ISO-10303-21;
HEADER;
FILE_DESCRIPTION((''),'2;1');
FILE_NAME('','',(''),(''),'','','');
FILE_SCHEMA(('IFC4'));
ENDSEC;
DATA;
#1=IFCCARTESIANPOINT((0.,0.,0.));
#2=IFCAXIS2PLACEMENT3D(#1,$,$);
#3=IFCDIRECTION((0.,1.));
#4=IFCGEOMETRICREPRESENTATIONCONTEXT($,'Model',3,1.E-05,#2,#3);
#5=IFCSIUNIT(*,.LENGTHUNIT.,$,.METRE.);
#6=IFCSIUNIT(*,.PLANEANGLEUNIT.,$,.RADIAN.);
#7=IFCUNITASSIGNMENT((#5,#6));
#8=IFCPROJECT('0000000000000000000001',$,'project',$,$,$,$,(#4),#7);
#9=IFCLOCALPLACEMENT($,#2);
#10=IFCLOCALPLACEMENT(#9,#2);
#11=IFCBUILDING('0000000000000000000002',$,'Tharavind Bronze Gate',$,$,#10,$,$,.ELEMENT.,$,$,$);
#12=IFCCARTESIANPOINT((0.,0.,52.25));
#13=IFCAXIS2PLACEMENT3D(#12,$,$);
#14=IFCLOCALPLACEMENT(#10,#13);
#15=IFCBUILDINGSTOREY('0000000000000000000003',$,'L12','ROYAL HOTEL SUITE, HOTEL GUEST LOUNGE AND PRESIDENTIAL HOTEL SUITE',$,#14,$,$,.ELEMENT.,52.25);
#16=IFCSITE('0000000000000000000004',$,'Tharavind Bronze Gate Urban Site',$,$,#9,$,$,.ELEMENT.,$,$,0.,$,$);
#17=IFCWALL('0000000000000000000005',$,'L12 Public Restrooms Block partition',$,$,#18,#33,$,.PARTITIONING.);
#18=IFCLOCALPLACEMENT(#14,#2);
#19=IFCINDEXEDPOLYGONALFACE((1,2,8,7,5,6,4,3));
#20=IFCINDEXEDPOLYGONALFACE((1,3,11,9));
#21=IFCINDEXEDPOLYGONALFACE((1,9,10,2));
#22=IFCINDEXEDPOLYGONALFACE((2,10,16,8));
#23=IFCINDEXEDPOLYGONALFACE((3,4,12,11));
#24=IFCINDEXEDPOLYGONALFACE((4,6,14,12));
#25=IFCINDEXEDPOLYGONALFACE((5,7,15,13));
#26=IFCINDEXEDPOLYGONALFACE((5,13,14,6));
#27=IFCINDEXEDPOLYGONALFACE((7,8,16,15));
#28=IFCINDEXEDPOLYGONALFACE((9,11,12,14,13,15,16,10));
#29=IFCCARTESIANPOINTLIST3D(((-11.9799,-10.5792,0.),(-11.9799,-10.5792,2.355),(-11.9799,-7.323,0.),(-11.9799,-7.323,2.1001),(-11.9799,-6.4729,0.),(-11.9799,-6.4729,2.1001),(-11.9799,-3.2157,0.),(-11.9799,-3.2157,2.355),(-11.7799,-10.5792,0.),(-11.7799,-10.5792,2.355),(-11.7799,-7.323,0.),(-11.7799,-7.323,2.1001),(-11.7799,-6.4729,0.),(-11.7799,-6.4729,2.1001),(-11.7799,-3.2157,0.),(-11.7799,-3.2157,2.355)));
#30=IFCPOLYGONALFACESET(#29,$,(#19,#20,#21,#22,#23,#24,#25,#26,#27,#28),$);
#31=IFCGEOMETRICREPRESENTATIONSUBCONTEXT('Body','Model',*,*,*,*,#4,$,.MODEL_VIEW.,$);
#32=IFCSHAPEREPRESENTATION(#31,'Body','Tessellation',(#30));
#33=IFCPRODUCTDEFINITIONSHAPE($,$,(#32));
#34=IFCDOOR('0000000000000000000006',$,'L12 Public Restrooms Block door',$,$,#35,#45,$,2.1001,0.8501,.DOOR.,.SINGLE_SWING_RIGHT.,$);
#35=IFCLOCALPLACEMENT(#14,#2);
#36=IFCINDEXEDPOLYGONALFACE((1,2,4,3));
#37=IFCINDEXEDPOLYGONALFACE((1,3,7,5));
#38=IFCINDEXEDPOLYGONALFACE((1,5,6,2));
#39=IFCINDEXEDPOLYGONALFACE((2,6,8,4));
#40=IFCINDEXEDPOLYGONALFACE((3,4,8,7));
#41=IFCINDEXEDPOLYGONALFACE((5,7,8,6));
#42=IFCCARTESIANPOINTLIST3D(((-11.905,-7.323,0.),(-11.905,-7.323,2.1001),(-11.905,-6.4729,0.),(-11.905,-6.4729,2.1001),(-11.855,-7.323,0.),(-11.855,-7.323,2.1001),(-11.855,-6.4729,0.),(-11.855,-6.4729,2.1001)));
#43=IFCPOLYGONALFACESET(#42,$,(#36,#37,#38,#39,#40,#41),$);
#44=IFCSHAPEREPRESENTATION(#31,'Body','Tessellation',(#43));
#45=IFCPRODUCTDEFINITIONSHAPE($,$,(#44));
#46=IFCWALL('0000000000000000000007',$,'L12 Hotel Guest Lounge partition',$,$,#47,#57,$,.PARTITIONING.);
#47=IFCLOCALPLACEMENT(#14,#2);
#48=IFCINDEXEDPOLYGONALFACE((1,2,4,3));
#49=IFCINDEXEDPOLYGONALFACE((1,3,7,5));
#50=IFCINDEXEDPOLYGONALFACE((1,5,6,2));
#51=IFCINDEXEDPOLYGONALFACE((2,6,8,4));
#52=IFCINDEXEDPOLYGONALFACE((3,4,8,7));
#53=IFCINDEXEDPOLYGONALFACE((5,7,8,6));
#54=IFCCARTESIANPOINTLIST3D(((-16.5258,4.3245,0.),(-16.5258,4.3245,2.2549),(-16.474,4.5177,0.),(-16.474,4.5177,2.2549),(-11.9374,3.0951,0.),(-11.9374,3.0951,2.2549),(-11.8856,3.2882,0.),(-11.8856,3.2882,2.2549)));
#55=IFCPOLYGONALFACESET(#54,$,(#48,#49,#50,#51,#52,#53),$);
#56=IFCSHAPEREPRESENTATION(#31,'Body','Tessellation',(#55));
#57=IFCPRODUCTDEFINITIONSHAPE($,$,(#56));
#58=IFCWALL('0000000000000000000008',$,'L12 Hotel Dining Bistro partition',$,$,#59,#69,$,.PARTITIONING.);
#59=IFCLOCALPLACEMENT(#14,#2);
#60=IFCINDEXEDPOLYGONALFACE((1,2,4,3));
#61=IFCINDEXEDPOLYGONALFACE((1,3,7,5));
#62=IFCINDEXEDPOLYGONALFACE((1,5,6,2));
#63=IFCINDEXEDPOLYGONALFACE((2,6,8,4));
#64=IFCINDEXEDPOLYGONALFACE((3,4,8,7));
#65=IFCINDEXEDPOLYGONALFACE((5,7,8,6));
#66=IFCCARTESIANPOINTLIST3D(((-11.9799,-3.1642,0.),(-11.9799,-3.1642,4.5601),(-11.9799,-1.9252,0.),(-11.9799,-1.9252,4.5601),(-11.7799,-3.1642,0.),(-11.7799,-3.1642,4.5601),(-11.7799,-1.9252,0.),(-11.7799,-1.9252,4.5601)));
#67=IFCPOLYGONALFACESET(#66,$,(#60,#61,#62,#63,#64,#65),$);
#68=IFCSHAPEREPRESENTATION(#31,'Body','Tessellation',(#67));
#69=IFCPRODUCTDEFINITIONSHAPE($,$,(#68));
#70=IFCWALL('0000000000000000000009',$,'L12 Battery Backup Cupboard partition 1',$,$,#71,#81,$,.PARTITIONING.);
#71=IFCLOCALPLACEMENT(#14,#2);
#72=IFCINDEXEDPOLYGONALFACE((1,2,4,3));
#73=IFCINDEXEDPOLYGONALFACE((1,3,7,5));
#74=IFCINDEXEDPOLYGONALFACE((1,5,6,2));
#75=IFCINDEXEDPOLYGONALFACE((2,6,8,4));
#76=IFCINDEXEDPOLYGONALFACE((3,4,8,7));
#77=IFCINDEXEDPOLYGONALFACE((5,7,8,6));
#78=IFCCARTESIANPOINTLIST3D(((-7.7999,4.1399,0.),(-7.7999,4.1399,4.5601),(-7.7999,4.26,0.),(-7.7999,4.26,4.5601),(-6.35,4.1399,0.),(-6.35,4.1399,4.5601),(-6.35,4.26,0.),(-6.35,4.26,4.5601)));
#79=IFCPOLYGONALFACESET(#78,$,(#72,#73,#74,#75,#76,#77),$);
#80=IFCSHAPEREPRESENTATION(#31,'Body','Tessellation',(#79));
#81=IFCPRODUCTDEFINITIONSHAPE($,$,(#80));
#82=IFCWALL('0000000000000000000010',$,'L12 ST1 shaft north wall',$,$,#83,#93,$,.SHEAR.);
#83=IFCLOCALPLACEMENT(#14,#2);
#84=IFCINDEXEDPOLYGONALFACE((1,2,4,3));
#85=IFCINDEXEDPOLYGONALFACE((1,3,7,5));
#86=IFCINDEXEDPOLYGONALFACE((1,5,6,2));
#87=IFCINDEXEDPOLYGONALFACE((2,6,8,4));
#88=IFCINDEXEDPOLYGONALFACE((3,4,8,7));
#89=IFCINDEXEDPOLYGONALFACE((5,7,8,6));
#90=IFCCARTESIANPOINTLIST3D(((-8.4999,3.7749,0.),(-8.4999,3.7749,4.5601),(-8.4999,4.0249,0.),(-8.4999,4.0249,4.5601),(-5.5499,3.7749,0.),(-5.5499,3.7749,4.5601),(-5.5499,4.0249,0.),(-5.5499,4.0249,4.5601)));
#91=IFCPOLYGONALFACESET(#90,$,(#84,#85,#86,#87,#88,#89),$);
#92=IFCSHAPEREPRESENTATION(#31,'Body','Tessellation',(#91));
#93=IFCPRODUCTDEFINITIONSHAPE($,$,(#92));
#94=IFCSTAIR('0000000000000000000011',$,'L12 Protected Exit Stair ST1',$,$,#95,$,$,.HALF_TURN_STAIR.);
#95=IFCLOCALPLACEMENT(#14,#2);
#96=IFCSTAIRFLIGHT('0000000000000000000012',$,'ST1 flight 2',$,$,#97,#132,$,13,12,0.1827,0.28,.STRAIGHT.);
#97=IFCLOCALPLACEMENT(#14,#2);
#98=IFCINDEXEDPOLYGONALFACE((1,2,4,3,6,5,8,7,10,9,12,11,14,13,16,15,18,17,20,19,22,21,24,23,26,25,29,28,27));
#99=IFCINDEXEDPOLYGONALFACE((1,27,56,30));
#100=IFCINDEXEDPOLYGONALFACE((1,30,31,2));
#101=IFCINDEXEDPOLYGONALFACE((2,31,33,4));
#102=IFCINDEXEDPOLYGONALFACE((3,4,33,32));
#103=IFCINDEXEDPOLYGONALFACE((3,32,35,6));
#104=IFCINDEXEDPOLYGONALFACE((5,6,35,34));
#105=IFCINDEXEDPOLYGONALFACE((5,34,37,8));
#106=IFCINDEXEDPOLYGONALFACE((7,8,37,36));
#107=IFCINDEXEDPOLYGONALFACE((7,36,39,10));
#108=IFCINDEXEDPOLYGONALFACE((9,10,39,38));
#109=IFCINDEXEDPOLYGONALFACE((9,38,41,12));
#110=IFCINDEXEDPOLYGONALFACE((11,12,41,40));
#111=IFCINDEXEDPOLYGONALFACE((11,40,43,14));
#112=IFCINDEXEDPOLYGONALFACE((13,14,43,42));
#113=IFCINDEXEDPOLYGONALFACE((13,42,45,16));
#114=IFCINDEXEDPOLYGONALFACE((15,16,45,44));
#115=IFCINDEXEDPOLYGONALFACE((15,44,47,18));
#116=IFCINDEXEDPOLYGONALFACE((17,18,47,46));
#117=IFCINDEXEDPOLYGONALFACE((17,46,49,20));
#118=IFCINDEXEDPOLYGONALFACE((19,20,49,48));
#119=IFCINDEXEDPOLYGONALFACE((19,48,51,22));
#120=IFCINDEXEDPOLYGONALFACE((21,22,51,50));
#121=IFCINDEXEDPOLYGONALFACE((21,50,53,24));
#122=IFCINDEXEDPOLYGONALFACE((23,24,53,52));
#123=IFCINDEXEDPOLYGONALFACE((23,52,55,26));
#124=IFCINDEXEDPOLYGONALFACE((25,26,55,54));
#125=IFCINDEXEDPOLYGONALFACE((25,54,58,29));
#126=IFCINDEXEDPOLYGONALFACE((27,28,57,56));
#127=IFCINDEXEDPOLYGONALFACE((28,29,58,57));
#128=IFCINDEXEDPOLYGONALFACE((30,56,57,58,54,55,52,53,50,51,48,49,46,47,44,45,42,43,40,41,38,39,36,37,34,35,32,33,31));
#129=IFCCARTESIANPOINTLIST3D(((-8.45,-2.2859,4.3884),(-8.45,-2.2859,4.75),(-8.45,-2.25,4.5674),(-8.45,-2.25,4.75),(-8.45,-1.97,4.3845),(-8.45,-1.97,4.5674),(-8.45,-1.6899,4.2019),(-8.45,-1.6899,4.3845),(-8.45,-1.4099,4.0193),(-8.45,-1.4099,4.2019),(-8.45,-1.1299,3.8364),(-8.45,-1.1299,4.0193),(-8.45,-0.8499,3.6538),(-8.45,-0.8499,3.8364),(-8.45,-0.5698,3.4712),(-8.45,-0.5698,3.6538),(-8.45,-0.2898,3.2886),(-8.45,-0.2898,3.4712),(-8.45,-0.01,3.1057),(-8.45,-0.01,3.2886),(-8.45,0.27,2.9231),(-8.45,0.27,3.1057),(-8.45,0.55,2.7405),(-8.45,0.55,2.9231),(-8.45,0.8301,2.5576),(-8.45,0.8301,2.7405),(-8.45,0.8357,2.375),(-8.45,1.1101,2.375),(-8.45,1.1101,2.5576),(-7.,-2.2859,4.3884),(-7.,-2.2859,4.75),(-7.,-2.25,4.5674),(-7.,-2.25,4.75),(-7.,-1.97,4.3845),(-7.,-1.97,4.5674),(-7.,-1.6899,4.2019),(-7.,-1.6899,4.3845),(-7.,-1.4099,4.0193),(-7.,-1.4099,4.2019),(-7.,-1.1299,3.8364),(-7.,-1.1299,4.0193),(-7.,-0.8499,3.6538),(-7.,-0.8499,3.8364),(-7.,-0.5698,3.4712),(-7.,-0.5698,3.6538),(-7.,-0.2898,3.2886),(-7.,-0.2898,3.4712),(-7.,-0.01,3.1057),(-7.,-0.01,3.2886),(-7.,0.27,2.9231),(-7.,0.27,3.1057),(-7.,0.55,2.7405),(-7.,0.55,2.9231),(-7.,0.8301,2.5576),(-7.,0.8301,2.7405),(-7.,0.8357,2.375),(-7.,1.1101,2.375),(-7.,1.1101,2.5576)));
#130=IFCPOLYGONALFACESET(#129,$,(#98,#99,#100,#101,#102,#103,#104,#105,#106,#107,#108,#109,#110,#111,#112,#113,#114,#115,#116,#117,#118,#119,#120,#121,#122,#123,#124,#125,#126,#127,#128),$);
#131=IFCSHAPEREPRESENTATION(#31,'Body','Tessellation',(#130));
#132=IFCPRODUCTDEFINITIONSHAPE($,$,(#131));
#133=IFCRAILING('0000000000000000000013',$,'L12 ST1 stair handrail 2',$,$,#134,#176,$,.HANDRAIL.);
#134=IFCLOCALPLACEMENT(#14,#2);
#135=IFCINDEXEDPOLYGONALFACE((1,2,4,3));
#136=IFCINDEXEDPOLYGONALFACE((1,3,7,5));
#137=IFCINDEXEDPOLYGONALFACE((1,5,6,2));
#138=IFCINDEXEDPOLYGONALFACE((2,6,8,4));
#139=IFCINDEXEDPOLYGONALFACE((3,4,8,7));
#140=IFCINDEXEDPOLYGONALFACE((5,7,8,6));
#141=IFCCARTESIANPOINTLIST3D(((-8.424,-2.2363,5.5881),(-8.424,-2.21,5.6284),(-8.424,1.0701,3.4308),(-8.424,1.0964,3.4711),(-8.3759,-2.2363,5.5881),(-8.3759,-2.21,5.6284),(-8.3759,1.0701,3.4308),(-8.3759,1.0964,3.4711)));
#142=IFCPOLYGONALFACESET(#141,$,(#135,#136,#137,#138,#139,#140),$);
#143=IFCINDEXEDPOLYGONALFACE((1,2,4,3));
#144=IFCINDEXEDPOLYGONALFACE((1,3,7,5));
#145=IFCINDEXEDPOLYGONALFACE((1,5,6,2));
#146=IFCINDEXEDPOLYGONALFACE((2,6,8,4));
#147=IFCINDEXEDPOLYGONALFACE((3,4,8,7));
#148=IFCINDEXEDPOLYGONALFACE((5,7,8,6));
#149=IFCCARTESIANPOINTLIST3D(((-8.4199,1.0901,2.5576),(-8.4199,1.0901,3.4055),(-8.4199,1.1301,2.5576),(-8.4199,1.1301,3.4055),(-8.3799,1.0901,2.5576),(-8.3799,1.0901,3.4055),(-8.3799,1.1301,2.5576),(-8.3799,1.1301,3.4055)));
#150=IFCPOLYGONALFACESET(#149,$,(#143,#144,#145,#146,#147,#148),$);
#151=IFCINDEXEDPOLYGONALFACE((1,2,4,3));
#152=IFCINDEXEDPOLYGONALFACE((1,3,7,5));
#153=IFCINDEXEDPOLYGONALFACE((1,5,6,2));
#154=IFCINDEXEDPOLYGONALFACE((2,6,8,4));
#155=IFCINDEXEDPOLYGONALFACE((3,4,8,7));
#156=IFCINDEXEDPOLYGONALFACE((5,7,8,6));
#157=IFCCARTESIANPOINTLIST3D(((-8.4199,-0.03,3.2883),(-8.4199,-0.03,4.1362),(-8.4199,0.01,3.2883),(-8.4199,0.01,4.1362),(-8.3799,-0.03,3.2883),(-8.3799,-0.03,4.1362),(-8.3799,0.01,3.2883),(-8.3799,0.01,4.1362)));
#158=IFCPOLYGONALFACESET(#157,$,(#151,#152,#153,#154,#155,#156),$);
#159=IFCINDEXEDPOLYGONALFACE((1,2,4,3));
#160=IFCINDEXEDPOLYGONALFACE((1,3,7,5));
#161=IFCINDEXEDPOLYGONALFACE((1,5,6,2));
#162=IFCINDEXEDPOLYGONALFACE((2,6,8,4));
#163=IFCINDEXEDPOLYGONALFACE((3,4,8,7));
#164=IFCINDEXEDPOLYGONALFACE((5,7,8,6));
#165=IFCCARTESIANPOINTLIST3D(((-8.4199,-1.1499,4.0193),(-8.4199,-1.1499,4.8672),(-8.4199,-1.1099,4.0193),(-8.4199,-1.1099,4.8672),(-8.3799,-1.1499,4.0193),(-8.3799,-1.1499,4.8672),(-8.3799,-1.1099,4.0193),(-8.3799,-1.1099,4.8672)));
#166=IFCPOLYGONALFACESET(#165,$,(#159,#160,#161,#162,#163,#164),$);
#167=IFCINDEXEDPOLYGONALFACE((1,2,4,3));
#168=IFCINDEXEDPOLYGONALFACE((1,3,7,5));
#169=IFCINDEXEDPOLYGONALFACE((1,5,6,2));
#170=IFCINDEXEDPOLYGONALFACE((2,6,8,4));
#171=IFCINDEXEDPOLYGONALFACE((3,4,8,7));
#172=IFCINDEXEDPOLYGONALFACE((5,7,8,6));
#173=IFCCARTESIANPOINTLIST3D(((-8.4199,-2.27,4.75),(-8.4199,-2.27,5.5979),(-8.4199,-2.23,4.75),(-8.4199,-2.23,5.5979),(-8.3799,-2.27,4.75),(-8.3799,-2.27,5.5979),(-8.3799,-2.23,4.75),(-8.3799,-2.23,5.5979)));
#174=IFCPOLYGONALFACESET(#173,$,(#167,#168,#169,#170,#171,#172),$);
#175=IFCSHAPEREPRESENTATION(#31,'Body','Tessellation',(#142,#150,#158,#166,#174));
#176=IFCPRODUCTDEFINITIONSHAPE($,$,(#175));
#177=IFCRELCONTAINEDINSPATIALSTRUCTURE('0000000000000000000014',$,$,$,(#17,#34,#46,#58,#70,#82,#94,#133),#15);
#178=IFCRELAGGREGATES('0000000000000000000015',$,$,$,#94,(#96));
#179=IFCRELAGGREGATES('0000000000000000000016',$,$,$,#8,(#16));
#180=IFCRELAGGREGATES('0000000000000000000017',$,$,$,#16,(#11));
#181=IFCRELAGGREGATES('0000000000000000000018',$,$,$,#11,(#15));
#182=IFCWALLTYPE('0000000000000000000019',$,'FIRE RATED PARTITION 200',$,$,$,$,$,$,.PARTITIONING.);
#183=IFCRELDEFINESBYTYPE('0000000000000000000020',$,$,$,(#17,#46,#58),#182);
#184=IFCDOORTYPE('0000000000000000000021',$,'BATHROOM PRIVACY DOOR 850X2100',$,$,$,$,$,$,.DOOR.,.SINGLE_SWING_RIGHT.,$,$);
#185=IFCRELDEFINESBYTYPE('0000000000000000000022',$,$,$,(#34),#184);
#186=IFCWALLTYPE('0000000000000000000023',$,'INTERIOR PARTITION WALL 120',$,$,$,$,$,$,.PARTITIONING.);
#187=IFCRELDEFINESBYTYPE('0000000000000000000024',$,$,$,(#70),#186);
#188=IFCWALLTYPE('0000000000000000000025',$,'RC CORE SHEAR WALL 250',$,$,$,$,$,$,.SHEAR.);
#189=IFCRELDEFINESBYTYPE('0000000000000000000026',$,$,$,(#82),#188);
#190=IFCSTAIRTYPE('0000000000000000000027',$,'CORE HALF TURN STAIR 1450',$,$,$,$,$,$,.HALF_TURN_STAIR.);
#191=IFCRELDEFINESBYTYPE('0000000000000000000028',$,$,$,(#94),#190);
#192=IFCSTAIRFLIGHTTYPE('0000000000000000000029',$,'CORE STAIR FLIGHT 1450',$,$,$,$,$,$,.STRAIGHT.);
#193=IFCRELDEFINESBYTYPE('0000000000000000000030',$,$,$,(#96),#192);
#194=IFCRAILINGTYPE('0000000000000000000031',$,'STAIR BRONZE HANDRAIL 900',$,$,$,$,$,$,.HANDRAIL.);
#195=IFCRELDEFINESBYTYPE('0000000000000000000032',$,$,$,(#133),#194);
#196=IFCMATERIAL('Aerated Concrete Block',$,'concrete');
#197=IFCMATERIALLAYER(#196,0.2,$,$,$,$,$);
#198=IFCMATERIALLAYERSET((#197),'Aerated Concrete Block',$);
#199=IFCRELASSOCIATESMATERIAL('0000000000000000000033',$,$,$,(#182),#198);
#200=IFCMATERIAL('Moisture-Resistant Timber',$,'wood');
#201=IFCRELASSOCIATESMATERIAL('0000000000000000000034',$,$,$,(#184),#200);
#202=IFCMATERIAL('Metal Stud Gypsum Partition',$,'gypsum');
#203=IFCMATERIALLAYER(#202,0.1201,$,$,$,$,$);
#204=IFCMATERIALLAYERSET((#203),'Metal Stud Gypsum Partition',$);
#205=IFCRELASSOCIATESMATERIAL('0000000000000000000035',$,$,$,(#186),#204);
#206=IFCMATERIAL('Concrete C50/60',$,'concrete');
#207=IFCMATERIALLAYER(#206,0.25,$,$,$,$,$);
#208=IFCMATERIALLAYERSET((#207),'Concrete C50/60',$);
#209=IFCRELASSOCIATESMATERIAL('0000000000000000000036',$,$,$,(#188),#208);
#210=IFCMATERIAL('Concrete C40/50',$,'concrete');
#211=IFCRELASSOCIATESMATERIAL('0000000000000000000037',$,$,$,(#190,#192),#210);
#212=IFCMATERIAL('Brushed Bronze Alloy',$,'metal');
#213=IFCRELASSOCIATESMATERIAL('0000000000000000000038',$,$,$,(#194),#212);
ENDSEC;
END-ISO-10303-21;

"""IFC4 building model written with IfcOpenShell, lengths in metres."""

from ifc_helpers import new_model, si_unit, direction, frame, frame_2d, origin, origin_2d, place, context, subcontext, project, spatial, polyline, rectangle, outline, extrude, material, layer, layer_set, type_object, element, fill, aggregate, save


model = new_model("IFC4")

# Units and contexts
model_context = context("Model", 3, precision=1e-05, world=origin(), true_north=direction((0.0, 1.0)))
body_context = subcontext(model_context, "Body", "Model", "MODEL_VIEW")
ifc_project = project(units=[si_unit("LENGTHUNIT", "METRE"), si_unit("PLANEANGLEUNIT", "RADIAN")], contexts=[model_context])

# Site, building, storey
site_placement = place(None, origin())
site = spatial("IfcSite", under=ifc_project, at=site_placement, Name="Tharavind Bronze Gate Urban Site", CompositionType="ELEMENT", RefElevation=0.0)
building_placement = place(site_placement, origin())
building = spatial("IfcBuilding", under=site, at=building_placement, Name="Tharavind Bronze Gate", CompositionType="ELEMENT")
storey_placement = place(building_placement, frame((0.0, 0.0, 52.25)))
storey = spatial("IfcBuildingStorey", under=building, at=storey_placement, Name="L12", Description="ROYAL HOTEL SUITE, HOTEL GUEST LOUNGE AND PRESIDENTIAL HOTEL SUITE", CompositionType="ELEMENT", Elevation=52.25)

# Wall, opening, door
ifc_material_1 = material(Name="Aerated Concrete Block", Category="concrete")
ifc_layer_1 = layer(ifc_material_1, 0.2)
ifc_layer_set_1 = layer_set([ifc_layer_1], Name="Aerated Concrete Block")
wall_type_1 = type_object("IfcWallType", Name="FIRE RATED PARTITION 200", PredefinedType="PARTITIONING", material=ifc_layer_set_1)
wall_1_placement = place(storey_placement, frame((-11.8799, -3.2158, 0.0), z_axis=(0.0, 0.0, 1.0), x_axis=(0.0, -1.0, 0.0)))
wall_1 = element("IfcWall", 1, at=wall_1_placement, inside=storey, type_object=wall_type_1, Name="L12 Public Restrooms Block partition", PredefinedType="PARTITIONING", context=body_context, shape_type="SweptSolid", body=[
    extrude(rectangle(XDim=7.3635, YDim=0.2, at=frame_2d((3.6816, 0.0))), origin(), (0.0, 0.0, 1.0), 2.355),
])
opening_1_placement = place(wall_1_placement, frame((3.2571, 0.0, 0.0)))
opening_1 = element("IfcOpeningElement", 2, at=opening_1_placement, cuts=wall_1, PredefinedType="OPENING", context=body_context, shape_type="SweptSolid", body=[
    extrude(rectangle(XDim=0.8501, YDim=2.1001, at=frame_2d((0.425, 1.05))), frame((0.0, 0.1101, 0.0), z_axis=(0.0, -1.0, 0.0), x_axis=(1.0, 0.0, 0.0)), (0.0, 0.0, 1.0), 0.22),
])
ifc_material_2 = material(Name="Moisture-Resistant Timber", Category="wood")
door_type_1 = type_object("IfcDoorType", Name="BATHROOM PRIVACY DOOR 850X2100", OperationType="SINGLE_SWING_RIGHT", PredefinedType="DOOR", material=ifc_material_2)
door_1_placement = place(opening_1_placement, origin())
door_1 = element("IfcDoor", 3, at=door_1_placement, inside=storey, type_object=door_type_1, Name="L12 Public Restrooms Block door", OperationType="SINGLE_SWING_RIGHT", OverallHeight=2.1001, OverallWidth=0.8501, PredefinedType="DOOR", context=body_context, shape_type="SweptSolid", body=[
    extrude(rectangle(XDim=0.8501, YDim=2.1001, at=frame_2d((0.425, 1.05))), frame((0.0, 0.0249, 0.0), z_axis=(0.0, -1.0, 0.0), x_axis=(1.0, 0.0, 0.0)), (0.0, 0.0, 1.0), 0.05),
])
fill(opening_1, door_1)

# Wall
wall_2_placement = place(storey_placement, frame((-11.9116, 3.1917, 0.0), z_axis=(0.0, 0.0, 1.0), x_axis=(-0.965924, 0.258827, 0.0)))
element("IfcWall", 4, at=wall_2_placement, inside=storey, type_object=wall_type_1, Name="L12 Hotel Guest Lounge partition", PredefinedType="PARTITIONING", context=body_context, shape_type="SweptSolid", body=[
    extrude(rectangle(XDim=4.7502, YDim=0.2, at=frame_2d((2.375, 0.0))), origin(), (0.0, 0.0, 1.0), 2.2549),
])

# Walls
wall_3_placement = place(storey_placement, frame((-11.8799, -1.925, 0.0), z_axis=(0.0, 0.0, 1.0), x_axis=(0.0, -1.0, 0.0)))
element("IfcWall", 5, at=wall_3_placement, inside=storey, type_object=wall_type_1, Name="L12 Hotel Dining Bistro partition", PredefinedType="PARTITIONING", context=body_context, shape_type="SweptSolid", body=[
    extrude(rectangle(XDim=1.239, YDim=0.2, at=frame_2d((0.6196, 0.0))), origin(), (0.0, 0.0, 1.0), 4.5601),
])
ifc_material_3 = material(Name="Metal Stud Gypsum Partition", Category="gypsum")
ifc_layer_2 = layer(ifc_material_3, 0.1201)
ifc_layer_set_2 = layer_set([ifc_layer_2], Name="Metal Stud Gypsum Partition")
wall_type_2 = type_object("IfcWallType", Name="INTERIOR PARTITION WALL 120", PredefinedType="PARTITIONING", material=ifc_layer_set_2)
wall_4_placement = place(storey_placement, frame((-7.8, 4.2, 0.0), z_axis=(0.0, 0.0, 1.0), x_axis=(1.0, 0.0, 0.0)))
element("IfcWall", 6, at=wall_4_placement, inside=storey, type_object=wall_type_2, Name="L12 Battery Backup Cupboard partition 1", PredefinedType="PARTITIONING", context=body_context, shape_type="SweptSolid", body=[
    extrude(rectangle(XDim=1.45, YDim=0.1201, at=frame_2d((0.7251, 0.0))), origin(), (0.0, 0.0, 1.0), 4.5601),
])
ifc_material_4 = material(Name="Concrete C50/60", Category="concrete")
ifc_layer_3 = layer(ifc_material_4, 0.25)
ifc_layer_set_3 = layer_set([ifc_layer_3], Name="Concrete C50/60")
wall_type_3 = type_object("IfcWallType", Name="RC CORE SHEAR WALL 250", PredefinedType="SHEAR", material=ifc_layer_set_3)
wall_5_placement = place(storey_placement, frame((-8.5, 3.8999, 0.0), z_axis=(0.0, 0.0, 1.0), x_axis=(1.0, 0.0, 0.0)))
element("IfcWall", 7, at=wall_5_placement, inside=storey, type_object=wall_type_3, Name="L12 ST1 shaft north wall", PredefinedType="SHEAR", context=body_context, shape_type="SweptSolid", body=[
    extrude(rectangle(XDim=2.95, YDim=0.25, at=frame_2d((1.4751, 0.0))), origin(), (0.0, 0.0, 1.0), 4.5601),
])

# Stair, stair flight
ifc_material_5 = material(Name="Concrete C40/50", Category="concrete")
stair_type = type_object("IfcStairType", Name="CORE HALF TURN STAIR 1450", PredefinedType="HALF_TURN_STAIR", material=ifc_material_5)
stair_placement = place(storey_placement, origin())
stair = element("IfcStair", 8, at=stair_placement, inside=storey, type_object=stair_type, Name="L12 Protected Exit Stair ST1", PredefinedType="HALF_TURN_STAIR")
stair_flight_type = type_object("IfcStairFlightType", Name="CORE STAIR FLIGHT 1450", PredefinedType="STRAIGHT", material=ifc_material_5)
stair_flight_placement = place(storey_placement, frame((-7.7251, 1.1101, 2.375), z_axis=(0.0, 0.0, 1.0), x_axis=(0.0, -1.0, 0.0)))
stair_flight = element("IfcStairFlight", 9, at=stair_flight_placement, type_object=stair_flight_type, Name="ST1 flight 2", NumberOfRisers=13, NumberOfTreads=12, PredefinedType="STRAIGHT", RiserHeight=0.1827, TreadLength=0.28, context=body_context, shape_type="SweptSolid", body=[
    extrude(outline(polyline([(0.0, 0.0), (0.0, 0.1826), (0.28, 0.1826), (0.28, 0.3655), (0.5601, 0.3655), (0.5601, 0.5481), (0.8401, 0.5481), (0.8401, 0.7307), (1.1201, 0.7307), (1.1201, 0.9136), (1.3999, 0.9136), (1.3999, 1.0962), (1.6799, 1.0962), (1.6799, 1.2788), (1.96, 1.2788), (1.96, 1.4614), (2.24, 1.4614), (2.24, 1.6443), (2.52, 1.6443), (2.52, 1.8269), (2.8, 1.8269), (2.8, 2.0095), (3.0801, 2.0095), (3.0801, 2.1924), (3.3601, 2.1924), (3.3601, 2.375), (3.396, 2.375), (3.396, 2.0134), (0.2744, 0.0), (0.0, 0.0)])), frame((0.0, 0.7251, 0.0), z_axis=(0.0, -1.0, 0.0), x_axis=(1.0, 0.0, 0.0)), (0.0, 0.0, 1.0), 1.45),
])
aggregate(stair, [stair_flight])

# Railing
ifc_material_6 = material(Name="Brushed Bronze Alloy", Category="metal")
railing_type_1 = type_object("IfcRailingType", Name="STAIR BRONZE HANDRAIL 900", PredefinedType="HANDRAIL", material=ifc_material_6)
railing_1_placement = place(storey_placement, frame((-8.3999, 1.1101, 2.5576)))
element("IfcRailing", 10, at=railing_1_placement, inside=storey, type_object=railing_type_1, Name="L12 ST1 stair handrail 2", PredefinedType="HANDRAIL", context=body_context, shape_type="SweptSolid", body=[
    extrude(rectangle(XDim=0.0481, YDim=0.0481, at=origin_2d()), frame((0.0, -0.0269, 0.8933), z_axis=(0.0, -0.837496, 0.546444), x_axis=(1.0, 0.0, 0.0)), (0.0, 0.0, 1.0), 3.948),
    extrude(rectangle(XDim=0.04, YDim=0.04, at=origin_2d()), origin(), (0.0, 0.0, 1.0), 0.8479),
    extrude(rectangle(XDim=0.04, YDim=0.04, at=origin_2d()), frame((0.0, -1.1201, 0.7307)), (0.0, 0.0, 1.0), 0.8479),
    extrude(rectangle(XDim=0.04, YDim=0.04, at=origin_2d()), frame((0.0, -2.24, 1.4617)), (0.0, 0.0, 1.0), 0.8479),
    extrude(rectangle(XDim=0.04, YDim=0.04, at=origin_2d()), frame((0.0, -3.3601, 2.1924)), (0.0, 0.0, 1.0), 0.8479),
])

save(model, "model.ifc")
